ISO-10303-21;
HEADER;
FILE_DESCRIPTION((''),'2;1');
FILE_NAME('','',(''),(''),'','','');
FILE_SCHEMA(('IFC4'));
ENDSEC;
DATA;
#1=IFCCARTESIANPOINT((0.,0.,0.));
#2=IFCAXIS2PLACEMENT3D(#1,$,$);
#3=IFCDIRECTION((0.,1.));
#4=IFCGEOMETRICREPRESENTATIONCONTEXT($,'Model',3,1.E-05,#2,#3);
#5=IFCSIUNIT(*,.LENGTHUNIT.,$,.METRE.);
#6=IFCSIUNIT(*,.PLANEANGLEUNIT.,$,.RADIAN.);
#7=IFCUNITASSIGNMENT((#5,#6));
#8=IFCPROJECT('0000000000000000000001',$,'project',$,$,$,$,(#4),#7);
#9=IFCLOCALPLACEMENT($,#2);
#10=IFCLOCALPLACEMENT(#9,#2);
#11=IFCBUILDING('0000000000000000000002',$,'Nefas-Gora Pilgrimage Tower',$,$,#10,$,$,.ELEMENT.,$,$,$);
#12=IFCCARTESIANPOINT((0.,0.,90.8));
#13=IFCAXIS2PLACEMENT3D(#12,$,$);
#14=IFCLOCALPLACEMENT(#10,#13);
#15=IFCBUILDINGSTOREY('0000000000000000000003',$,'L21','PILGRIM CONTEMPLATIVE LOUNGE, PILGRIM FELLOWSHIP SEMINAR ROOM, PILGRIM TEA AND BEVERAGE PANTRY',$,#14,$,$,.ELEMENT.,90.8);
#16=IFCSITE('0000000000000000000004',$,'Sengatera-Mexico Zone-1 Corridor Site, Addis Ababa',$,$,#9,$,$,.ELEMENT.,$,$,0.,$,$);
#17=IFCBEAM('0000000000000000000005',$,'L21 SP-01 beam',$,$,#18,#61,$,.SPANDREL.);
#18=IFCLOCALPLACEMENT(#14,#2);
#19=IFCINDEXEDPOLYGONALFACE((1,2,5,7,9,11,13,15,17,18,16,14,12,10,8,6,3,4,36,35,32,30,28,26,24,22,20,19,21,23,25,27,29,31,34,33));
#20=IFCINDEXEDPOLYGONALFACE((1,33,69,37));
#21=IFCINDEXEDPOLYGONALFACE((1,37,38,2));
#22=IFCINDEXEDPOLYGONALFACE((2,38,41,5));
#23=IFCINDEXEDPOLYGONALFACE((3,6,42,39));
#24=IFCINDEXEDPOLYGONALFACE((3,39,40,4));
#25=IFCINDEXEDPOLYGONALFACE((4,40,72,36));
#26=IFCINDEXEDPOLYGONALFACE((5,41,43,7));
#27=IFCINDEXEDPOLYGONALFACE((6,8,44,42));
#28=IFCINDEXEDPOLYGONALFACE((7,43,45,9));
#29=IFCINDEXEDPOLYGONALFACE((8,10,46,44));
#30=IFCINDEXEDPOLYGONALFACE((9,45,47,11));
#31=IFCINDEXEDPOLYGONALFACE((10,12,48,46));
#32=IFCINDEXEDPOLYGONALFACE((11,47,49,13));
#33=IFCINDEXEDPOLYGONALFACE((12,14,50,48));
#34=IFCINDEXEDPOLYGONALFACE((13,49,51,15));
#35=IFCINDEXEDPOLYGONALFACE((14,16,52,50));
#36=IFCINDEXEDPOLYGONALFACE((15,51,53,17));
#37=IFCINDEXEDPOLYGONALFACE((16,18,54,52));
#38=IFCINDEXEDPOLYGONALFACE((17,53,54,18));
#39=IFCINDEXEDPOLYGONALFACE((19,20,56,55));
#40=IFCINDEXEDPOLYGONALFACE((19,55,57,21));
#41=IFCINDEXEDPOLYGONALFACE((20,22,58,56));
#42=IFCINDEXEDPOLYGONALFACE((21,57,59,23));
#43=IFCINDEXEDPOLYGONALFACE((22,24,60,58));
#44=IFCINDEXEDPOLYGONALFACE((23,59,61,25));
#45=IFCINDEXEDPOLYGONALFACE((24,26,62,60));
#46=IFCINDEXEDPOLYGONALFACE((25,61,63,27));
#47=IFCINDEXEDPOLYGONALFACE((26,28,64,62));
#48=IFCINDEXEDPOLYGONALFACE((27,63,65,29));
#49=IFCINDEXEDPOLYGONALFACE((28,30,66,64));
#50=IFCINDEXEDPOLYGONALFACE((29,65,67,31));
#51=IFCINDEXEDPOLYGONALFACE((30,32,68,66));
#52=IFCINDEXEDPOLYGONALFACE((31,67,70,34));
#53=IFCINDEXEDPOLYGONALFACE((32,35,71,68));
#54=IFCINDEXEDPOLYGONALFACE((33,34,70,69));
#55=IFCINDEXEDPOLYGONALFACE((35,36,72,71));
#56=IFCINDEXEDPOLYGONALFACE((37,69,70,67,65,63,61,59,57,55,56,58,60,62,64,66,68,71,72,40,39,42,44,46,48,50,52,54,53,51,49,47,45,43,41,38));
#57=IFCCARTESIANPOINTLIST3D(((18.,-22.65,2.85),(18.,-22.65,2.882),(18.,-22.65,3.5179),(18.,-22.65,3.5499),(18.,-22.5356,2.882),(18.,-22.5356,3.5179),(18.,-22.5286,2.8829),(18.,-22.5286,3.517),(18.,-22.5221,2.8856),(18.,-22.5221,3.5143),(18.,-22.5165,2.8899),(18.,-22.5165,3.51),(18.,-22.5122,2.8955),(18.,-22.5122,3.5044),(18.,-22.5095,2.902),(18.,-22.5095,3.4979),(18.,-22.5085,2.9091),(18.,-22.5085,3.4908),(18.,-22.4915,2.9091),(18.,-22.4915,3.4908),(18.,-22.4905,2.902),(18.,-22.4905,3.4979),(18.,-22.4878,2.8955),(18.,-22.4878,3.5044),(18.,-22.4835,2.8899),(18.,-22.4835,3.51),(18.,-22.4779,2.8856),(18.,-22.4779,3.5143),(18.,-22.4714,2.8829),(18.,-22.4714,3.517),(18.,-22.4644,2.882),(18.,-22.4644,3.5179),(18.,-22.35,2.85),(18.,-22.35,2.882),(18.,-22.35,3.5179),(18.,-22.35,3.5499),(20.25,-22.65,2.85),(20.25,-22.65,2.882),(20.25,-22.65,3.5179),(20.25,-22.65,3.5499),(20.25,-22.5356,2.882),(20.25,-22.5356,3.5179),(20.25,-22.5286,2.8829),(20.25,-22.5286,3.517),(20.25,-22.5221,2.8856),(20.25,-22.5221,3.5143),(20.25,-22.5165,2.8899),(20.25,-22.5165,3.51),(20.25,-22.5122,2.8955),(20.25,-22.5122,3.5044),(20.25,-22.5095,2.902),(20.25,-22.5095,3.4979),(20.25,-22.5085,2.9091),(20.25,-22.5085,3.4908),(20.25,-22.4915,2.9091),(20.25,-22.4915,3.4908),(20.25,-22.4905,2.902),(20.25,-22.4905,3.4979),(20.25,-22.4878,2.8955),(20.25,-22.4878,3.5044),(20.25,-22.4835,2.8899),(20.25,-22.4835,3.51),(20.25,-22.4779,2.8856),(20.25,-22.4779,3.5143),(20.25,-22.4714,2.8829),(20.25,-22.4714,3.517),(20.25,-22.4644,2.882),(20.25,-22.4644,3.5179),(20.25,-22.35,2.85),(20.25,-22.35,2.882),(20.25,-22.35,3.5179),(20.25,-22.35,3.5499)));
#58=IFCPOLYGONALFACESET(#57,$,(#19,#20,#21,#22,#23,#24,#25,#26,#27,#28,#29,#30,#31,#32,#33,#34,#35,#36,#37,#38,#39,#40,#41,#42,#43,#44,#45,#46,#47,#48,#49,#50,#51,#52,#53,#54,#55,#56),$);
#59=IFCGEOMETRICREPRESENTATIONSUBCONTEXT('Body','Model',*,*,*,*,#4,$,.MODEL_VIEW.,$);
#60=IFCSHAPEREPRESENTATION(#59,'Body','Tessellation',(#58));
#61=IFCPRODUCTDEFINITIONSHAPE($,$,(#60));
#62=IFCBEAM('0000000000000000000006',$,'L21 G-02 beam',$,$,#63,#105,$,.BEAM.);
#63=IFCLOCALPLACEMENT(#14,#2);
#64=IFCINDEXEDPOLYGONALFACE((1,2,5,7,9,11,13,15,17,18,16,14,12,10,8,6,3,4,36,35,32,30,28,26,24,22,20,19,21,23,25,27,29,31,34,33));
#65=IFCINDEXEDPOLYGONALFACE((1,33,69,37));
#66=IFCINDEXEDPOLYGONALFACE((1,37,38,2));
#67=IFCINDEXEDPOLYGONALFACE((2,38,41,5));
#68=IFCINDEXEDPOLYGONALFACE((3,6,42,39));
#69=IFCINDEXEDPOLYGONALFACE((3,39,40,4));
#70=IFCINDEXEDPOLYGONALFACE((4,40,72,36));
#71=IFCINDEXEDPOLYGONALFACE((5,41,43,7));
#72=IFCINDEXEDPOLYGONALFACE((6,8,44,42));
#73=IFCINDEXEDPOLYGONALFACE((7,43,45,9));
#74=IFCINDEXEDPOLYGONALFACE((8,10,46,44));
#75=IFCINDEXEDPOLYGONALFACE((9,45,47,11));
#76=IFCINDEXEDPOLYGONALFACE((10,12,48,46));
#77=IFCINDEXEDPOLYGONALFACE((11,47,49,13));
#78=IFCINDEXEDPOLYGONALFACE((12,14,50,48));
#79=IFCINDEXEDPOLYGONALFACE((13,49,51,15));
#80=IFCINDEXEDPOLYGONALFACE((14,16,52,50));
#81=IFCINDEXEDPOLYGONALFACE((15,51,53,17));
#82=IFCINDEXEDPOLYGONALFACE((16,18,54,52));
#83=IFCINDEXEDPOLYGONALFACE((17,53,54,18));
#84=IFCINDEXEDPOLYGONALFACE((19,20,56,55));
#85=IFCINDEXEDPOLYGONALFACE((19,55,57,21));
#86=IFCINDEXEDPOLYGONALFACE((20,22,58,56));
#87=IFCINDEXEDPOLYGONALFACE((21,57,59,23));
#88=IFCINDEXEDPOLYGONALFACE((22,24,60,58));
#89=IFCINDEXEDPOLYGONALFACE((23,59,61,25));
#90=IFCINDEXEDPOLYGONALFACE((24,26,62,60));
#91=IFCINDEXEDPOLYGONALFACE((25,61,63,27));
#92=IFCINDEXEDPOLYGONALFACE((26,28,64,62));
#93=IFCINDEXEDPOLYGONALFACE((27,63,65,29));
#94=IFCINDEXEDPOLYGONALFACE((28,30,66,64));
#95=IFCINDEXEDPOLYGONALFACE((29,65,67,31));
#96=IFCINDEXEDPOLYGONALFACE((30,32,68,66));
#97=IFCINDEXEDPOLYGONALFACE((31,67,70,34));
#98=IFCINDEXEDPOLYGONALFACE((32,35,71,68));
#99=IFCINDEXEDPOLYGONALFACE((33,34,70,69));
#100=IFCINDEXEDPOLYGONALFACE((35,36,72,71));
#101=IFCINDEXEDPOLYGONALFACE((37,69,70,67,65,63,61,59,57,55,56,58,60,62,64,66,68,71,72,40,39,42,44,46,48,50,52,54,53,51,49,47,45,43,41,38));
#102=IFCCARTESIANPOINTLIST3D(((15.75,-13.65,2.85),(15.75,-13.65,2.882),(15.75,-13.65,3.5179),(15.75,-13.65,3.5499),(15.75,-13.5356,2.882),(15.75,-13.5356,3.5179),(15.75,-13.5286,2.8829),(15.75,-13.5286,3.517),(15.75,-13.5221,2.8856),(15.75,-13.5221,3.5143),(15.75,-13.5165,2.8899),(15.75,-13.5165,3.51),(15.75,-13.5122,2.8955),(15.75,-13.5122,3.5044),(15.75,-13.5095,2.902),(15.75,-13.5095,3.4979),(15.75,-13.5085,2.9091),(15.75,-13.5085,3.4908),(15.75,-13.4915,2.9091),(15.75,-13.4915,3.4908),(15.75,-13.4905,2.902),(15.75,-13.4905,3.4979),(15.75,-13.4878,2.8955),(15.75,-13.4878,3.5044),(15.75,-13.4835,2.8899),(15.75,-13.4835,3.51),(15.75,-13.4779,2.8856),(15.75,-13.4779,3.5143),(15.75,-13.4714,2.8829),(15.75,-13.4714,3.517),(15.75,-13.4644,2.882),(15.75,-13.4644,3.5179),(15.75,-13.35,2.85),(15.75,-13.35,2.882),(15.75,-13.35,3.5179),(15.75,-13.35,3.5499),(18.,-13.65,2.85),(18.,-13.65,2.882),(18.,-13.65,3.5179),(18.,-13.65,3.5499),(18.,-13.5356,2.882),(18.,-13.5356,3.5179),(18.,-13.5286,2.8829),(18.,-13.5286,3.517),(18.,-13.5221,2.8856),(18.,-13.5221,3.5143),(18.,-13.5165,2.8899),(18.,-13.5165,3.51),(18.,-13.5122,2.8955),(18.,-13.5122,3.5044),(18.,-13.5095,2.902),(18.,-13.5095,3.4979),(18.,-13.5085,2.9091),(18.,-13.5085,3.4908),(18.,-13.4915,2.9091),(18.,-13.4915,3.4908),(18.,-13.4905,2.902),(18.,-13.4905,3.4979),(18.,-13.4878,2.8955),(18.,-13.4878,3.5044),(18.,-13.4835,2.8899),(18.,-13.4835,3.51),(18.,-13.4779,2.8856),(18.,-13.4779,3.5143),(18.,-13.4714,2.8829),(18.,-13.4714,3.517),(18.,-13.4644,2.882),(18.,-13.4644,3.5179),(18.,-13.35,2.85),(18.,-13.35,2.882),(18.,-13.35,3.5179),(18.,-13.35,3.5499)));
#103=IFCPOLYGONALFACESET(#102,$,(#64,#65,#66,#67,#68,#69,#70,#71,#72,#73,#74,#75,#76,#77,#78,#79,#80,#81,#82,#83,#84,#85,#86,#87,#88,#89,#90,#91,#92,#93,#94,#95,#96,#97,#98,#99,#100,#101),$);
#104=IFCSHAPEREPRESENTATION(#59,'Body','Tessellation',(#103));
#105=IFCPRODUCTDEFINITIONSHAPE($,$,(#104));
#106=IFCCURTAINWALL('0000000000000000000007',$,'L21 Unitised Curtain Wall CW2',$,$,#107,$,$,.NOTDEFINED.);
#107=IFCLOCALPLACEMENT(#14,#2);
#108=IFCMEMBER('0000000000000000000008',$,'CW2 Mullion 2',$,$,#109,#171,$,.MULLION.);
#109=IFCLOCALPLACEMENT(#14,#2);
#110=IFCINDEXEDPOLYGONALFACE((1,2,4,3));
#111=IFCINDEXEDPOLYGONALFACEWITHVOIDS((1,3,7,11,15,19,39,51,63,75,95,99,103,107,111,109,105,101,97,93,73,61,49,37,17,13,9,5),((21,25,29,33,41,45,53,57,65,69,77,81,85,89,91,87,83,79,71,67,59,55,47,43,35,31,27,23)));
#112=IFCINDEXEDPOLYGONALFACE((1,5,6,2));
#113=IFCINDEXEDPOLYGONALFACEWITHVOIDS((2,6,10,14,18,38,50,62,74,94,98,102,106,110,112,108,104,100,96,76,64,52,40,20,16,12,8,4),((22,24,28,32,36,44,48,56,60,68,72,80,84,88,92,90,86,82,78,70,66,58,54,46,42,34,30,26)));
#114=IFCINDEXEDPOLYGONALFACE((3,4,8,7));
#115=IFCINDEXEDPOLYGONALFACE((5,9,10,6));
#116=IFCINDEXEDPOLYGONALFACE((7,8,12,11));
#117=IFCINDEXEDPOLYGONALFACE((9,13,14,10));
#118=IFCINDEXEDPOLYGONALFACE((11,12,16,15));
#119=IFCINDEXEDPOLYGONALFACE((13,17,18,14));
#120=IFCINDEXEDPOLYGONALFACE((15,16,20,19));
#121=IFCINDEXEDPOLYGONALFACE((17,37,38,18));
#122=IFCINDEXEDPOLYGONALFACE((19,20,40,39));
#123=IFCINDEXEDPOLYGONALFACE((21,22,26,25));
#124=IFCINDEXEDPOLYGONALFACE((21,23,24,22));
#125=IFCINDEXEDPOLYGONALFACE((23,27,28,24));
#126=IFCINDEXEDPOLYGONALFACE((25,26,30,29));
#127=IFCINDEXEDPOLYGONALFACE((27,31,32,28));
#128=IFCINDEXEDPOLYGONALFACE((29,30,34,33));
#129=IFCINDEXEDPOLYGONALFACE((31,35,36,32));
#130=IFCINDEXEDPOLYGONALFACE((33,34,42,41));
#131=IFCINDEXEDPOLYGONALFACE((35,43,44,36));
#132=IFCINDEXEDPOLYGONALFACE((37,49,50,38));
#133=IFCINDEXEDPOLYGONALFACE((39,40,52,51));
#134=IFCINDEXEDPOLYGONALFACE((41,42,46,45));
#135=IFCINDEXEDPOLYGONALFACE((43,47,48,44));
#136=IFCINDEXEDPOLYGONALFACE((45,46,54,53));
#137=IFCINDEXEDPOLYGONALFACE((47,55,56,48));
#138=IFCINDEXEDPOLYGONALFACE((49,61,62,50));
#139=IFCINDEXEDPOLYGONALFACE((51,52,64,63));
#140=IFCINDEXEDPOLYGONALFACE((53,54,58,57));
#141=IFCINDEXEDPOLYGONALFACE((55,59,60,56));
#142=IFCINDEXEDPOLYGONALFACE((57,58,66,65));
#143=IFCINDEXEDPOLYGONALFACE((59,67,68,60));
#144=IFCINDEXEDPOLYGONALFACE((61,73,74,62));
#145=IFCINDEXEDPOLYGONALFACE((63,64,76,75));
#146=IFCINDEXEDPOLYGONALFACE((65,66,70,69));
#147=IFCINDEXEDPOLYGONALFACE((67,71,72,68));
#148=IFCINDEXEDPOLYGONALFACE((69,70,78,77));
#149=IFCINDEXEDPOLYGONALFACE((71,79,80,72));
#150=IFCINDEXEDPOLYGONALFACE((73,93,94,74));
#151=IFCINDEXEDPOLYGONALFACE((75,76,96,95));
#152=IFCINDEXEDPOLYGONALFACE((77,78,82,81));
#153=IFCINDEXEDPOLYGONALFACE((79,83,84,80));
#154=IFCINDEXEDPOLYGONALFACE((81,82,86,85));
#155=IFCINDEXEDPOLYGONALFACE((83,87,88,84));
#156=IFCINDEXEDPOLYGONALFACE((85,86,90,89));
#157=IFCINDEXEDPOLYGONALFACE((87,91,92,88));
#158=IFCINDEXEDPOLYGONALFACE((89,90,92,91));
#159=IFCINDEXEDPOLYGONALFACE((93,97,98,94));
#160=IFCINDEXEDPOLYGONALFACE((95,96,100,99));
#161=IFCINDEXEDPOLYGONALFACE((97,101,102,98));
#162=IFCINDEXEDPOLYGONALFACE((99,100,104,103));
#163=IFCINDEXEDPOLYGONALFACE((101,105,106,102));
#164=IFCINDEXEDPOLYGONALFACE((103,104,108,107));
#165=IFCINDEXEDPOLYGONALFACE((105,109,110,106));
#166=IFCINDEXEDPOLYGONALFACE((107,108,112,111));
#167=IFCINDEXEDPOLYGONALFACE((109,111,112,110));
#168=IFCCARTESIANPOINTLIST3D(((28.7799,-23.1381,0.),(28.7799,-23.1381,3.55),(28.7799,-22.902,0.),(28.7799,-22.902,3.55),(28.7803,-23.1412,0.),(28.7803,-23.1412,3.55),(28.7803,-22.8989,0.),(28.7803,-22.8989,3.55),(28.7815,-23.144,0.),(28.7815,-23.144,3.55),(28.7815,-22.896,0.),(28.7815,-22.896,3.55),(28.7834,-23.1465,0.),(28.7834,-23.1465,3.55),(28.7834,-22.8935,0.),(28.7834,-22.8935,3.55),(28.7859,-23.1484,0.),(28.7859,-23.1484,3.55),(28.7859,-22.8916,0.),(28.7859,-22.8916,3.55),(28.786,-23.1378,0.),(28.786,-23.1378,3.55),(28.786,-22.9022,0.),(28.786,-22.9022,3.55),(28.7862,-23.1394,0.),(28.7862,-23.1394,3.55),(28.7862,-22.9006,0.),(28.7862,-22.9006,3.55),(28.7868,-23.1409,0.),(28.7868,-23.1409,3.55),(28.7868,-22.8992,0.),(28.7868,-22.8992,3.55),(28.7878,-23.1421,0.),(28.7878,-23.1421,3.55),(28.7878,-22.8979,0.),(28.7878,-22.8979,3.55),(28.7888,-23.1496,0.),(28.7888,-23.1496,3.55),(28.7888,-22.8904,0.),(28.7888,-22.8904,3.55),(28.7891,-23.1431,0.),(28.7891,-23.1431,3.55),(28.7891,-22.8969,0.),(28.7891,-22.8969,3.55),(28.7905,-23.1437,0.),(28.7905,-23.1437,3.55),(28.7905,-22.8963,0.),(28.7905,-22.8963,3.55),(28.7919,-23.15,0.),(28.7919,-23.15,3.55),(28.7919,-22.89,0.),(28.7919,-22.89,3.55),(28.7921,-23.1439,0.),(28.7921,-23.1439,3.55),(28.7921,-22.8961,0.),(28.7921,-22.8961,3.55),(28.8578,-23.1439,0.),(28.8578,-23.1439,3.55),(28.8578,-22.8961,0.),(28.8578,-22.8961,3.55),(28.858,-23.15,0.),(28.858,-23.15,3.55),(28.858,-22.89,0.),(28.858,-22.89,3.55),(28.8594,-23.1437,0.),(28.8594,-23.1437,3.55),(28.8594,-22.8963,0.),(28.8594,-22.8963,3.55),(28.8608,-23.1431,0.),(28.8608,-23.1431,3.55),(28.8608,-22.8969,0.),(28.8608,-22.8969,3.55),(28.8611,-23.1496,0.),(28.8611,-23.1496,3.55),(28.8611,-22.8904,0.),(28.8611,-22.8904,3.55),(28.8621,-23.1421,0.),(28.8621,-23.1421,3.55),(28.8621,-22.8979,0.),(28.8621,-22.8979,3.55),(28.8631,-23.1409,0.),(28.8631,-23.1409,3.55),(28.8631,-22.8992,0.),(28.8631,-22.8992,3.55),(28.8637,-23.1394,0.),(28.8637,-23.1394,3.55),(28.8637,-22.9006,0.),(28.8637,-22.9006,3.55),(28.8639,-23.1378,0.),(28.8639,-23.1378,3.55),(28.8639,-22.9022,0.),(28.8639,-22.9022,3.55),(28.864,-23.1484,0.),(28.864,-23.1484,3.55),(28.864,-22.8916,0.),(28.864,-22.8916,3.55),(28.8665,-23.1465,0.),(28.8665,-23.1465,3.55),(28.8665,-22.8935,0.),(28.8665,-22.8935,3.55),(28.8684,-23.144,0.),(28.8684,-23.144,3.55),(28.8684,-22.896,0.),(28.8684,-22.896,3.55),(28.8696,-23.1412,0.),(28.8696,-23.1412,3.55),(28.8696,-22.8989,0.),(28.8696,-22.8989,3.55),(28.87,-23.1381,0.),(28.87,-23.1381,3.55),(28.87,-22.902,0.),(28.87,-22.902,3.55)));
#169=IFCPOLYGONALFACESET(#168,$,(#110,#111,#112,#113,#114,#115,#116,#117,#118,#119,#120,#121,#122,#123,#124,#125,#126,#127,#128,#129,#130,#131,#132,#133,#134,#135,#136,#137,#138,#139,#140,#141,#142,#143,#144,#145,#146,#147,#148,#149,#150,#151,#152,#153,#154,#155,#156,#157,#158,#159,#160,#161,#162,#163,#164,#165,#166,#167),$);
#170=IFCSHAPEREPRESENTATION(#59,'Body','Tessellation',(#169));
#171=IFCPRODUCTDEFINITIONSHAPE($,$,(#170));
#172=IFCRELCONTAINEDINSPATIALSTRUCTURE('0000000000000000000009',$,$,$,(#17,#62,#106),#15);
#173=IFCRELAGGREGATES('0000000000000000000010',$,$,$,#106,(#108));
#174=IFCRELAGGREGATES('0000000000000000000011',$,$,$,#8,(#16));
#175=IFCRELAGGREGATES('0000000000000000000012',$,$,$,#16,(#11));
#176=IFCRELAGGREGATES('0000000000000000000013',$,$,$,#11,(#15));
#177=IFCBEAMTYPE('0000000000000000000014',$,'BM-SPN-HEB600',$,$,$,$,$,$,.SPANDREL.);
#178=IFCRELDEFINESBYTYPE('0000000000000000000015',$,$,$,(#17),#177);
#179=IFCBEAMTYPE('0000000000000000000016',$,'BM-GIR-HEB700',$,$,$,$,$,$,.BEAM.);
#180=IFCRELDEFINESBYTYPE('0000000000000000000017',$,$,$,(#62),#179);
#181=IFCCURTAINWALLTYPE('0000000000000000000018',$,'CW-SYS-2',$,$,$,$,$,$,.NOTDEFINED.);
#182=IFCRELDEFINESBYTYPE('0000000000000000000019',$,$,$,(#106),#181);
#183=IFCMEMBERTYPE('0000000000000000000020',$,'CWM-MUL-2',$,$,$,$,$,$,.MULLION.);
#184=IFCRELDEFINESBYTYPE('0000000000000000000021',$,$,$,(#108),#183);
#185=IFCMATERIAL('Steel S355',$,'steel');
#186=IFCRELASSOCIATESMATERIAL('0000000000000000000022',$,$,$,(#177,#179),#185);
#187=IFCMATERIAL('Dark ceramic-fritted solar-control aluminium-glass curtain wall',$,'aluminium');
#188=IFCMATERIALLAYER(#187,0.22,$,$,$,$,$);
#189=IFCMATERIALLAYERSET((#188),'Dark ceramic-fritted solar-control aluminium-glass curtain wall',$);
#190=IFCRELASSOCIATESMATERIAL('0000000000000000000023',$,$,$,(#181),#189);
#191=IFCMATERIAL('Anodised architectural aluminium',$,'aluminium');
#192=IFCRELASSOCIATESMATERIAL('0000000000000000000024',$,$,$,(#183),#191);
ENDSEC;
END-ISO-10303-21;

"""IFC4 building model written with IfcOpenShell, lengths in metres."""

from ifc_helpers import new_model, si_unit, direction, frame, origin, origin_2d, place, context, subcontext, project, spatial, hollow_rectangle, i_section, extrude, source, transform, mapped, material, layer, layer_set, material_profile, profile_set, type_object, element, aggregate, save


model = new_model("IFC4")

# Units and contexts
model_context = context("Model", 3, precision=1e-05, world=origin(), true_north=direction((0.0, 1.0)))
body_context = subcontext(model_context, "Body", "Model", "MODEL_VIEW")
ifc_project = project(units=[si_unit("LENGTHUNIT", "METRE"), si_unit("PLANEANGLEUNIT", "RADIAN")], contexts=[model_context])

# Site, building, storey
site_placement = place(None, origin())
site = spatial("IfcSite", under=ifc_project, at=site_placement, Name="Sengatera-Mexico Zone-1 Corridor Site, Addis Ababa", CompositionType="ELEMENT", RefElevation=0.0)
building_placement = place(site_placement, origin())
building = spatial("IfcBuilding", under=site, at=building_placement, Name="Nefas-Gora Pilgrimage Tower", CompositionType="ELEMENT")
storey_placement = place(building_placement, frame((0.0, 0.0, 90.8)))
storey = spatial("IfcBuildingStorey", under=building, at=storey_placement, Name="L21", Description="PILGRIM CONTEMPLATIVE LOUNGE, PILGRIM FELLOWSHIP SEMINAR ROOM, PILGRIM TEA AND BEVERAGE PANTRY", CompositionType="ELEMENT", Elevation=90.8)

# Beams
ifc_material_1 = material(Name="Steel S355", Category="steel")
ifc_material_profile_1 = material_profile(ifc_material_1, i_section(OverallWidth=0.3, OverallDepth=0.7, WebThickness=0.0171, FlangeThickness=0.032, FilletRadius=0.0271, at=origin_2d()), Name="HEB 700")
ifc_profile_set_1 = profile_set([ifc_material_profile_1], Name="Steel S355")
beam_type_1 = type_object("IfcBeamType", Name="BM-SPN-HEB600", PredefinedType="SPANDREL", material=ifc_profile_set_1)
ifc_material_profile_2 = material_profile(ifc_material_1, i_section(OverallWidth=0.3, OverallDepth=0.7, WebThickness=0.0171, FlangeThickness=0.032, FilletRadius=0.0271, at=origin_2d()), Name="HEB 700")
ifc_profile_set_2 = profile_set([ifc_material_profile_2], Name="Steel S355")
beam_type_2 = type_object("IfcBeamType", Name="BM-GIR-HEB700", PredefinedType="BEAM", material=ifc_profile_set_2)
shared_shape_1 = source(origin(), body_context, "Body", "SweptSolid", [
    extrude(i_section(OverallWidth=0.3, OverallDepth=0.7, WebThickness=0.0171, FlangeThickness=0.032, FilletRadius=0.0271, at=origin_2d()), origin(), (0.0, 0.0, 1.0), 2.25),
])
for number, where, z_axis, x_axis, name in (
    (1, (18.0, -22.5, 3.2), (1.0, 0.0, 0.0), (0.0, 1.0, 0.0), "L21 SP-01 beam"),
):
    element("IfcBeam", number, at=place(storey_placement, frame(where, z_axis=z_axis, x_axis=x_axis)), inside=storey, type_object=beam_type_1, Name=name, PredefinedType="SPANDREL", context=body_context, shape_type="MappedRepresentation", body=[
        mapped(shared_shape_1, transform((0.0, 0.0, 0.0), x_axis=(1.0, 0.0, 0.0), y_axis=(0.0, 1.0, 0.0), z_axis=(0.0, 0.0, 1.0), scale=1.0)),
    ])
shared_shape_2 = source(origin(), body_context, "Body", "SweptSolid", [
    extrude(i_section(OverallWidth=0.3, OverallDepth=0.7, WebThickness=0.0171, FlangeThickness=0.032, FilletRadius=0.0271, at=origin_2d()), origin(), (0.0, 0.0, 1.0), 2.25),
])
beam_1_placement = place(storey_placement, frame((15.75, -13.5, 3.2), z_axis=(1.0, 0.0, 0.0), x_axis=(0.0, 1.0, 0.0)))
element("IfcBeam", 2, at=beam_1_placement, inside=storey, type_object=beam_type_2, Name="L21 G-02 beam", PredefinedType="BEAM", context=body_context, shape_type="MappedRepresentation", body=[
    mapped(shared_shape_2, transform((0.0, 0.0, 0.0), x_axis=(1.0, 0.0, 0.0), y_axis=(0.0, 1.0, 0.0), z_axis=(0.0, 0.0, 1.0), scale=1.0)),
])

# Curtain wall, member
ifc_material_2 = material(Name="Dark ceramic-fritted solar-control aluminium-glass curtain wall", Category="aluminium")
ifc_layer_1 = layer(ifc_material_2, 0.22)
ifc_layer_set_1 = layer_set([ifc_layer_1], Name="Dark ceramic-fritted solar-control aluminium-glass curtain wall")
curtain_wall_type = type_object("IfcCurtainWallType", Name="CW-SYS-2", PredefinedType="NOTDEFINED", material=ifc_layer_set_1)
curtain_wall_1_placement = place(storey_placement, origin())
curtain_wall_1 = element("IfcCurtainWall", 3, at=curtain_wall_1_placement, inside=storey, type_object=curtain_wall_type, Name="L21 Unitised Curtain Wall CW2", PredefinedType="NOTDEFINED")
ifc_material_3 = material(Name="Anodised architectural aluminium", Category="aluminium")
ifc_material_profile_3 = material_profile(ifc_material_3, hollow_rectangle(XDim=0.0901, YDim=0.26, WallThickness=0.0061, InnerFilletRadius=0.0061, OuterFilletRadius=0.012, at=origin_2d()), Name="ALU MULLION 90x260")
ifc_profile_set_3 = profile_set([ifc_material_profile_3], Name="Anodised architectural aluminium")
member_type_1 = type_object("IfcMemberType", Name="CWM-MUL-2", PredefinedType="MULLION", material=ifc_profile_set_3)
shared_shape_3 = source(origin(), body_context, "Body", "SweptSolid", [
    extrude(hollow_rectangle(XDim=0.0901, YDim=0.26, WallThickness=0.0061, InnerFilletRadius=0.0061, OuterFilletRadius=0.012, at=origin_2d()), origin(), (0.0, 0.0, 1.0), 3.55),
])
member_1_placement = place(storey_placement, frame((28.825, -23.02, 0.0), z_axis=(0.0, 0.0, 1.0), x_axis=(1.0, 0.0, 0.0)))
member_1 = element("IfcMember", 4, at=member_1_placement, type_object=member_type_1, Name="CW2 Mullion 2", PredefinedType="MULLION", context=body_context, shape_type="MappedRepresentation", body=[
    mapped(shared_shape_3, transform((0.0, 0.0, 0.0), x_axis=(1.0, 0.0, 0.0), y_axis=(0.0, 1.0, 0.0), z_axis=(0.0, 0.0, 1.0), scale=1.0)),
])

aggregate(curtain_wall_1, [member_1])

save(model, "model.ifc")
